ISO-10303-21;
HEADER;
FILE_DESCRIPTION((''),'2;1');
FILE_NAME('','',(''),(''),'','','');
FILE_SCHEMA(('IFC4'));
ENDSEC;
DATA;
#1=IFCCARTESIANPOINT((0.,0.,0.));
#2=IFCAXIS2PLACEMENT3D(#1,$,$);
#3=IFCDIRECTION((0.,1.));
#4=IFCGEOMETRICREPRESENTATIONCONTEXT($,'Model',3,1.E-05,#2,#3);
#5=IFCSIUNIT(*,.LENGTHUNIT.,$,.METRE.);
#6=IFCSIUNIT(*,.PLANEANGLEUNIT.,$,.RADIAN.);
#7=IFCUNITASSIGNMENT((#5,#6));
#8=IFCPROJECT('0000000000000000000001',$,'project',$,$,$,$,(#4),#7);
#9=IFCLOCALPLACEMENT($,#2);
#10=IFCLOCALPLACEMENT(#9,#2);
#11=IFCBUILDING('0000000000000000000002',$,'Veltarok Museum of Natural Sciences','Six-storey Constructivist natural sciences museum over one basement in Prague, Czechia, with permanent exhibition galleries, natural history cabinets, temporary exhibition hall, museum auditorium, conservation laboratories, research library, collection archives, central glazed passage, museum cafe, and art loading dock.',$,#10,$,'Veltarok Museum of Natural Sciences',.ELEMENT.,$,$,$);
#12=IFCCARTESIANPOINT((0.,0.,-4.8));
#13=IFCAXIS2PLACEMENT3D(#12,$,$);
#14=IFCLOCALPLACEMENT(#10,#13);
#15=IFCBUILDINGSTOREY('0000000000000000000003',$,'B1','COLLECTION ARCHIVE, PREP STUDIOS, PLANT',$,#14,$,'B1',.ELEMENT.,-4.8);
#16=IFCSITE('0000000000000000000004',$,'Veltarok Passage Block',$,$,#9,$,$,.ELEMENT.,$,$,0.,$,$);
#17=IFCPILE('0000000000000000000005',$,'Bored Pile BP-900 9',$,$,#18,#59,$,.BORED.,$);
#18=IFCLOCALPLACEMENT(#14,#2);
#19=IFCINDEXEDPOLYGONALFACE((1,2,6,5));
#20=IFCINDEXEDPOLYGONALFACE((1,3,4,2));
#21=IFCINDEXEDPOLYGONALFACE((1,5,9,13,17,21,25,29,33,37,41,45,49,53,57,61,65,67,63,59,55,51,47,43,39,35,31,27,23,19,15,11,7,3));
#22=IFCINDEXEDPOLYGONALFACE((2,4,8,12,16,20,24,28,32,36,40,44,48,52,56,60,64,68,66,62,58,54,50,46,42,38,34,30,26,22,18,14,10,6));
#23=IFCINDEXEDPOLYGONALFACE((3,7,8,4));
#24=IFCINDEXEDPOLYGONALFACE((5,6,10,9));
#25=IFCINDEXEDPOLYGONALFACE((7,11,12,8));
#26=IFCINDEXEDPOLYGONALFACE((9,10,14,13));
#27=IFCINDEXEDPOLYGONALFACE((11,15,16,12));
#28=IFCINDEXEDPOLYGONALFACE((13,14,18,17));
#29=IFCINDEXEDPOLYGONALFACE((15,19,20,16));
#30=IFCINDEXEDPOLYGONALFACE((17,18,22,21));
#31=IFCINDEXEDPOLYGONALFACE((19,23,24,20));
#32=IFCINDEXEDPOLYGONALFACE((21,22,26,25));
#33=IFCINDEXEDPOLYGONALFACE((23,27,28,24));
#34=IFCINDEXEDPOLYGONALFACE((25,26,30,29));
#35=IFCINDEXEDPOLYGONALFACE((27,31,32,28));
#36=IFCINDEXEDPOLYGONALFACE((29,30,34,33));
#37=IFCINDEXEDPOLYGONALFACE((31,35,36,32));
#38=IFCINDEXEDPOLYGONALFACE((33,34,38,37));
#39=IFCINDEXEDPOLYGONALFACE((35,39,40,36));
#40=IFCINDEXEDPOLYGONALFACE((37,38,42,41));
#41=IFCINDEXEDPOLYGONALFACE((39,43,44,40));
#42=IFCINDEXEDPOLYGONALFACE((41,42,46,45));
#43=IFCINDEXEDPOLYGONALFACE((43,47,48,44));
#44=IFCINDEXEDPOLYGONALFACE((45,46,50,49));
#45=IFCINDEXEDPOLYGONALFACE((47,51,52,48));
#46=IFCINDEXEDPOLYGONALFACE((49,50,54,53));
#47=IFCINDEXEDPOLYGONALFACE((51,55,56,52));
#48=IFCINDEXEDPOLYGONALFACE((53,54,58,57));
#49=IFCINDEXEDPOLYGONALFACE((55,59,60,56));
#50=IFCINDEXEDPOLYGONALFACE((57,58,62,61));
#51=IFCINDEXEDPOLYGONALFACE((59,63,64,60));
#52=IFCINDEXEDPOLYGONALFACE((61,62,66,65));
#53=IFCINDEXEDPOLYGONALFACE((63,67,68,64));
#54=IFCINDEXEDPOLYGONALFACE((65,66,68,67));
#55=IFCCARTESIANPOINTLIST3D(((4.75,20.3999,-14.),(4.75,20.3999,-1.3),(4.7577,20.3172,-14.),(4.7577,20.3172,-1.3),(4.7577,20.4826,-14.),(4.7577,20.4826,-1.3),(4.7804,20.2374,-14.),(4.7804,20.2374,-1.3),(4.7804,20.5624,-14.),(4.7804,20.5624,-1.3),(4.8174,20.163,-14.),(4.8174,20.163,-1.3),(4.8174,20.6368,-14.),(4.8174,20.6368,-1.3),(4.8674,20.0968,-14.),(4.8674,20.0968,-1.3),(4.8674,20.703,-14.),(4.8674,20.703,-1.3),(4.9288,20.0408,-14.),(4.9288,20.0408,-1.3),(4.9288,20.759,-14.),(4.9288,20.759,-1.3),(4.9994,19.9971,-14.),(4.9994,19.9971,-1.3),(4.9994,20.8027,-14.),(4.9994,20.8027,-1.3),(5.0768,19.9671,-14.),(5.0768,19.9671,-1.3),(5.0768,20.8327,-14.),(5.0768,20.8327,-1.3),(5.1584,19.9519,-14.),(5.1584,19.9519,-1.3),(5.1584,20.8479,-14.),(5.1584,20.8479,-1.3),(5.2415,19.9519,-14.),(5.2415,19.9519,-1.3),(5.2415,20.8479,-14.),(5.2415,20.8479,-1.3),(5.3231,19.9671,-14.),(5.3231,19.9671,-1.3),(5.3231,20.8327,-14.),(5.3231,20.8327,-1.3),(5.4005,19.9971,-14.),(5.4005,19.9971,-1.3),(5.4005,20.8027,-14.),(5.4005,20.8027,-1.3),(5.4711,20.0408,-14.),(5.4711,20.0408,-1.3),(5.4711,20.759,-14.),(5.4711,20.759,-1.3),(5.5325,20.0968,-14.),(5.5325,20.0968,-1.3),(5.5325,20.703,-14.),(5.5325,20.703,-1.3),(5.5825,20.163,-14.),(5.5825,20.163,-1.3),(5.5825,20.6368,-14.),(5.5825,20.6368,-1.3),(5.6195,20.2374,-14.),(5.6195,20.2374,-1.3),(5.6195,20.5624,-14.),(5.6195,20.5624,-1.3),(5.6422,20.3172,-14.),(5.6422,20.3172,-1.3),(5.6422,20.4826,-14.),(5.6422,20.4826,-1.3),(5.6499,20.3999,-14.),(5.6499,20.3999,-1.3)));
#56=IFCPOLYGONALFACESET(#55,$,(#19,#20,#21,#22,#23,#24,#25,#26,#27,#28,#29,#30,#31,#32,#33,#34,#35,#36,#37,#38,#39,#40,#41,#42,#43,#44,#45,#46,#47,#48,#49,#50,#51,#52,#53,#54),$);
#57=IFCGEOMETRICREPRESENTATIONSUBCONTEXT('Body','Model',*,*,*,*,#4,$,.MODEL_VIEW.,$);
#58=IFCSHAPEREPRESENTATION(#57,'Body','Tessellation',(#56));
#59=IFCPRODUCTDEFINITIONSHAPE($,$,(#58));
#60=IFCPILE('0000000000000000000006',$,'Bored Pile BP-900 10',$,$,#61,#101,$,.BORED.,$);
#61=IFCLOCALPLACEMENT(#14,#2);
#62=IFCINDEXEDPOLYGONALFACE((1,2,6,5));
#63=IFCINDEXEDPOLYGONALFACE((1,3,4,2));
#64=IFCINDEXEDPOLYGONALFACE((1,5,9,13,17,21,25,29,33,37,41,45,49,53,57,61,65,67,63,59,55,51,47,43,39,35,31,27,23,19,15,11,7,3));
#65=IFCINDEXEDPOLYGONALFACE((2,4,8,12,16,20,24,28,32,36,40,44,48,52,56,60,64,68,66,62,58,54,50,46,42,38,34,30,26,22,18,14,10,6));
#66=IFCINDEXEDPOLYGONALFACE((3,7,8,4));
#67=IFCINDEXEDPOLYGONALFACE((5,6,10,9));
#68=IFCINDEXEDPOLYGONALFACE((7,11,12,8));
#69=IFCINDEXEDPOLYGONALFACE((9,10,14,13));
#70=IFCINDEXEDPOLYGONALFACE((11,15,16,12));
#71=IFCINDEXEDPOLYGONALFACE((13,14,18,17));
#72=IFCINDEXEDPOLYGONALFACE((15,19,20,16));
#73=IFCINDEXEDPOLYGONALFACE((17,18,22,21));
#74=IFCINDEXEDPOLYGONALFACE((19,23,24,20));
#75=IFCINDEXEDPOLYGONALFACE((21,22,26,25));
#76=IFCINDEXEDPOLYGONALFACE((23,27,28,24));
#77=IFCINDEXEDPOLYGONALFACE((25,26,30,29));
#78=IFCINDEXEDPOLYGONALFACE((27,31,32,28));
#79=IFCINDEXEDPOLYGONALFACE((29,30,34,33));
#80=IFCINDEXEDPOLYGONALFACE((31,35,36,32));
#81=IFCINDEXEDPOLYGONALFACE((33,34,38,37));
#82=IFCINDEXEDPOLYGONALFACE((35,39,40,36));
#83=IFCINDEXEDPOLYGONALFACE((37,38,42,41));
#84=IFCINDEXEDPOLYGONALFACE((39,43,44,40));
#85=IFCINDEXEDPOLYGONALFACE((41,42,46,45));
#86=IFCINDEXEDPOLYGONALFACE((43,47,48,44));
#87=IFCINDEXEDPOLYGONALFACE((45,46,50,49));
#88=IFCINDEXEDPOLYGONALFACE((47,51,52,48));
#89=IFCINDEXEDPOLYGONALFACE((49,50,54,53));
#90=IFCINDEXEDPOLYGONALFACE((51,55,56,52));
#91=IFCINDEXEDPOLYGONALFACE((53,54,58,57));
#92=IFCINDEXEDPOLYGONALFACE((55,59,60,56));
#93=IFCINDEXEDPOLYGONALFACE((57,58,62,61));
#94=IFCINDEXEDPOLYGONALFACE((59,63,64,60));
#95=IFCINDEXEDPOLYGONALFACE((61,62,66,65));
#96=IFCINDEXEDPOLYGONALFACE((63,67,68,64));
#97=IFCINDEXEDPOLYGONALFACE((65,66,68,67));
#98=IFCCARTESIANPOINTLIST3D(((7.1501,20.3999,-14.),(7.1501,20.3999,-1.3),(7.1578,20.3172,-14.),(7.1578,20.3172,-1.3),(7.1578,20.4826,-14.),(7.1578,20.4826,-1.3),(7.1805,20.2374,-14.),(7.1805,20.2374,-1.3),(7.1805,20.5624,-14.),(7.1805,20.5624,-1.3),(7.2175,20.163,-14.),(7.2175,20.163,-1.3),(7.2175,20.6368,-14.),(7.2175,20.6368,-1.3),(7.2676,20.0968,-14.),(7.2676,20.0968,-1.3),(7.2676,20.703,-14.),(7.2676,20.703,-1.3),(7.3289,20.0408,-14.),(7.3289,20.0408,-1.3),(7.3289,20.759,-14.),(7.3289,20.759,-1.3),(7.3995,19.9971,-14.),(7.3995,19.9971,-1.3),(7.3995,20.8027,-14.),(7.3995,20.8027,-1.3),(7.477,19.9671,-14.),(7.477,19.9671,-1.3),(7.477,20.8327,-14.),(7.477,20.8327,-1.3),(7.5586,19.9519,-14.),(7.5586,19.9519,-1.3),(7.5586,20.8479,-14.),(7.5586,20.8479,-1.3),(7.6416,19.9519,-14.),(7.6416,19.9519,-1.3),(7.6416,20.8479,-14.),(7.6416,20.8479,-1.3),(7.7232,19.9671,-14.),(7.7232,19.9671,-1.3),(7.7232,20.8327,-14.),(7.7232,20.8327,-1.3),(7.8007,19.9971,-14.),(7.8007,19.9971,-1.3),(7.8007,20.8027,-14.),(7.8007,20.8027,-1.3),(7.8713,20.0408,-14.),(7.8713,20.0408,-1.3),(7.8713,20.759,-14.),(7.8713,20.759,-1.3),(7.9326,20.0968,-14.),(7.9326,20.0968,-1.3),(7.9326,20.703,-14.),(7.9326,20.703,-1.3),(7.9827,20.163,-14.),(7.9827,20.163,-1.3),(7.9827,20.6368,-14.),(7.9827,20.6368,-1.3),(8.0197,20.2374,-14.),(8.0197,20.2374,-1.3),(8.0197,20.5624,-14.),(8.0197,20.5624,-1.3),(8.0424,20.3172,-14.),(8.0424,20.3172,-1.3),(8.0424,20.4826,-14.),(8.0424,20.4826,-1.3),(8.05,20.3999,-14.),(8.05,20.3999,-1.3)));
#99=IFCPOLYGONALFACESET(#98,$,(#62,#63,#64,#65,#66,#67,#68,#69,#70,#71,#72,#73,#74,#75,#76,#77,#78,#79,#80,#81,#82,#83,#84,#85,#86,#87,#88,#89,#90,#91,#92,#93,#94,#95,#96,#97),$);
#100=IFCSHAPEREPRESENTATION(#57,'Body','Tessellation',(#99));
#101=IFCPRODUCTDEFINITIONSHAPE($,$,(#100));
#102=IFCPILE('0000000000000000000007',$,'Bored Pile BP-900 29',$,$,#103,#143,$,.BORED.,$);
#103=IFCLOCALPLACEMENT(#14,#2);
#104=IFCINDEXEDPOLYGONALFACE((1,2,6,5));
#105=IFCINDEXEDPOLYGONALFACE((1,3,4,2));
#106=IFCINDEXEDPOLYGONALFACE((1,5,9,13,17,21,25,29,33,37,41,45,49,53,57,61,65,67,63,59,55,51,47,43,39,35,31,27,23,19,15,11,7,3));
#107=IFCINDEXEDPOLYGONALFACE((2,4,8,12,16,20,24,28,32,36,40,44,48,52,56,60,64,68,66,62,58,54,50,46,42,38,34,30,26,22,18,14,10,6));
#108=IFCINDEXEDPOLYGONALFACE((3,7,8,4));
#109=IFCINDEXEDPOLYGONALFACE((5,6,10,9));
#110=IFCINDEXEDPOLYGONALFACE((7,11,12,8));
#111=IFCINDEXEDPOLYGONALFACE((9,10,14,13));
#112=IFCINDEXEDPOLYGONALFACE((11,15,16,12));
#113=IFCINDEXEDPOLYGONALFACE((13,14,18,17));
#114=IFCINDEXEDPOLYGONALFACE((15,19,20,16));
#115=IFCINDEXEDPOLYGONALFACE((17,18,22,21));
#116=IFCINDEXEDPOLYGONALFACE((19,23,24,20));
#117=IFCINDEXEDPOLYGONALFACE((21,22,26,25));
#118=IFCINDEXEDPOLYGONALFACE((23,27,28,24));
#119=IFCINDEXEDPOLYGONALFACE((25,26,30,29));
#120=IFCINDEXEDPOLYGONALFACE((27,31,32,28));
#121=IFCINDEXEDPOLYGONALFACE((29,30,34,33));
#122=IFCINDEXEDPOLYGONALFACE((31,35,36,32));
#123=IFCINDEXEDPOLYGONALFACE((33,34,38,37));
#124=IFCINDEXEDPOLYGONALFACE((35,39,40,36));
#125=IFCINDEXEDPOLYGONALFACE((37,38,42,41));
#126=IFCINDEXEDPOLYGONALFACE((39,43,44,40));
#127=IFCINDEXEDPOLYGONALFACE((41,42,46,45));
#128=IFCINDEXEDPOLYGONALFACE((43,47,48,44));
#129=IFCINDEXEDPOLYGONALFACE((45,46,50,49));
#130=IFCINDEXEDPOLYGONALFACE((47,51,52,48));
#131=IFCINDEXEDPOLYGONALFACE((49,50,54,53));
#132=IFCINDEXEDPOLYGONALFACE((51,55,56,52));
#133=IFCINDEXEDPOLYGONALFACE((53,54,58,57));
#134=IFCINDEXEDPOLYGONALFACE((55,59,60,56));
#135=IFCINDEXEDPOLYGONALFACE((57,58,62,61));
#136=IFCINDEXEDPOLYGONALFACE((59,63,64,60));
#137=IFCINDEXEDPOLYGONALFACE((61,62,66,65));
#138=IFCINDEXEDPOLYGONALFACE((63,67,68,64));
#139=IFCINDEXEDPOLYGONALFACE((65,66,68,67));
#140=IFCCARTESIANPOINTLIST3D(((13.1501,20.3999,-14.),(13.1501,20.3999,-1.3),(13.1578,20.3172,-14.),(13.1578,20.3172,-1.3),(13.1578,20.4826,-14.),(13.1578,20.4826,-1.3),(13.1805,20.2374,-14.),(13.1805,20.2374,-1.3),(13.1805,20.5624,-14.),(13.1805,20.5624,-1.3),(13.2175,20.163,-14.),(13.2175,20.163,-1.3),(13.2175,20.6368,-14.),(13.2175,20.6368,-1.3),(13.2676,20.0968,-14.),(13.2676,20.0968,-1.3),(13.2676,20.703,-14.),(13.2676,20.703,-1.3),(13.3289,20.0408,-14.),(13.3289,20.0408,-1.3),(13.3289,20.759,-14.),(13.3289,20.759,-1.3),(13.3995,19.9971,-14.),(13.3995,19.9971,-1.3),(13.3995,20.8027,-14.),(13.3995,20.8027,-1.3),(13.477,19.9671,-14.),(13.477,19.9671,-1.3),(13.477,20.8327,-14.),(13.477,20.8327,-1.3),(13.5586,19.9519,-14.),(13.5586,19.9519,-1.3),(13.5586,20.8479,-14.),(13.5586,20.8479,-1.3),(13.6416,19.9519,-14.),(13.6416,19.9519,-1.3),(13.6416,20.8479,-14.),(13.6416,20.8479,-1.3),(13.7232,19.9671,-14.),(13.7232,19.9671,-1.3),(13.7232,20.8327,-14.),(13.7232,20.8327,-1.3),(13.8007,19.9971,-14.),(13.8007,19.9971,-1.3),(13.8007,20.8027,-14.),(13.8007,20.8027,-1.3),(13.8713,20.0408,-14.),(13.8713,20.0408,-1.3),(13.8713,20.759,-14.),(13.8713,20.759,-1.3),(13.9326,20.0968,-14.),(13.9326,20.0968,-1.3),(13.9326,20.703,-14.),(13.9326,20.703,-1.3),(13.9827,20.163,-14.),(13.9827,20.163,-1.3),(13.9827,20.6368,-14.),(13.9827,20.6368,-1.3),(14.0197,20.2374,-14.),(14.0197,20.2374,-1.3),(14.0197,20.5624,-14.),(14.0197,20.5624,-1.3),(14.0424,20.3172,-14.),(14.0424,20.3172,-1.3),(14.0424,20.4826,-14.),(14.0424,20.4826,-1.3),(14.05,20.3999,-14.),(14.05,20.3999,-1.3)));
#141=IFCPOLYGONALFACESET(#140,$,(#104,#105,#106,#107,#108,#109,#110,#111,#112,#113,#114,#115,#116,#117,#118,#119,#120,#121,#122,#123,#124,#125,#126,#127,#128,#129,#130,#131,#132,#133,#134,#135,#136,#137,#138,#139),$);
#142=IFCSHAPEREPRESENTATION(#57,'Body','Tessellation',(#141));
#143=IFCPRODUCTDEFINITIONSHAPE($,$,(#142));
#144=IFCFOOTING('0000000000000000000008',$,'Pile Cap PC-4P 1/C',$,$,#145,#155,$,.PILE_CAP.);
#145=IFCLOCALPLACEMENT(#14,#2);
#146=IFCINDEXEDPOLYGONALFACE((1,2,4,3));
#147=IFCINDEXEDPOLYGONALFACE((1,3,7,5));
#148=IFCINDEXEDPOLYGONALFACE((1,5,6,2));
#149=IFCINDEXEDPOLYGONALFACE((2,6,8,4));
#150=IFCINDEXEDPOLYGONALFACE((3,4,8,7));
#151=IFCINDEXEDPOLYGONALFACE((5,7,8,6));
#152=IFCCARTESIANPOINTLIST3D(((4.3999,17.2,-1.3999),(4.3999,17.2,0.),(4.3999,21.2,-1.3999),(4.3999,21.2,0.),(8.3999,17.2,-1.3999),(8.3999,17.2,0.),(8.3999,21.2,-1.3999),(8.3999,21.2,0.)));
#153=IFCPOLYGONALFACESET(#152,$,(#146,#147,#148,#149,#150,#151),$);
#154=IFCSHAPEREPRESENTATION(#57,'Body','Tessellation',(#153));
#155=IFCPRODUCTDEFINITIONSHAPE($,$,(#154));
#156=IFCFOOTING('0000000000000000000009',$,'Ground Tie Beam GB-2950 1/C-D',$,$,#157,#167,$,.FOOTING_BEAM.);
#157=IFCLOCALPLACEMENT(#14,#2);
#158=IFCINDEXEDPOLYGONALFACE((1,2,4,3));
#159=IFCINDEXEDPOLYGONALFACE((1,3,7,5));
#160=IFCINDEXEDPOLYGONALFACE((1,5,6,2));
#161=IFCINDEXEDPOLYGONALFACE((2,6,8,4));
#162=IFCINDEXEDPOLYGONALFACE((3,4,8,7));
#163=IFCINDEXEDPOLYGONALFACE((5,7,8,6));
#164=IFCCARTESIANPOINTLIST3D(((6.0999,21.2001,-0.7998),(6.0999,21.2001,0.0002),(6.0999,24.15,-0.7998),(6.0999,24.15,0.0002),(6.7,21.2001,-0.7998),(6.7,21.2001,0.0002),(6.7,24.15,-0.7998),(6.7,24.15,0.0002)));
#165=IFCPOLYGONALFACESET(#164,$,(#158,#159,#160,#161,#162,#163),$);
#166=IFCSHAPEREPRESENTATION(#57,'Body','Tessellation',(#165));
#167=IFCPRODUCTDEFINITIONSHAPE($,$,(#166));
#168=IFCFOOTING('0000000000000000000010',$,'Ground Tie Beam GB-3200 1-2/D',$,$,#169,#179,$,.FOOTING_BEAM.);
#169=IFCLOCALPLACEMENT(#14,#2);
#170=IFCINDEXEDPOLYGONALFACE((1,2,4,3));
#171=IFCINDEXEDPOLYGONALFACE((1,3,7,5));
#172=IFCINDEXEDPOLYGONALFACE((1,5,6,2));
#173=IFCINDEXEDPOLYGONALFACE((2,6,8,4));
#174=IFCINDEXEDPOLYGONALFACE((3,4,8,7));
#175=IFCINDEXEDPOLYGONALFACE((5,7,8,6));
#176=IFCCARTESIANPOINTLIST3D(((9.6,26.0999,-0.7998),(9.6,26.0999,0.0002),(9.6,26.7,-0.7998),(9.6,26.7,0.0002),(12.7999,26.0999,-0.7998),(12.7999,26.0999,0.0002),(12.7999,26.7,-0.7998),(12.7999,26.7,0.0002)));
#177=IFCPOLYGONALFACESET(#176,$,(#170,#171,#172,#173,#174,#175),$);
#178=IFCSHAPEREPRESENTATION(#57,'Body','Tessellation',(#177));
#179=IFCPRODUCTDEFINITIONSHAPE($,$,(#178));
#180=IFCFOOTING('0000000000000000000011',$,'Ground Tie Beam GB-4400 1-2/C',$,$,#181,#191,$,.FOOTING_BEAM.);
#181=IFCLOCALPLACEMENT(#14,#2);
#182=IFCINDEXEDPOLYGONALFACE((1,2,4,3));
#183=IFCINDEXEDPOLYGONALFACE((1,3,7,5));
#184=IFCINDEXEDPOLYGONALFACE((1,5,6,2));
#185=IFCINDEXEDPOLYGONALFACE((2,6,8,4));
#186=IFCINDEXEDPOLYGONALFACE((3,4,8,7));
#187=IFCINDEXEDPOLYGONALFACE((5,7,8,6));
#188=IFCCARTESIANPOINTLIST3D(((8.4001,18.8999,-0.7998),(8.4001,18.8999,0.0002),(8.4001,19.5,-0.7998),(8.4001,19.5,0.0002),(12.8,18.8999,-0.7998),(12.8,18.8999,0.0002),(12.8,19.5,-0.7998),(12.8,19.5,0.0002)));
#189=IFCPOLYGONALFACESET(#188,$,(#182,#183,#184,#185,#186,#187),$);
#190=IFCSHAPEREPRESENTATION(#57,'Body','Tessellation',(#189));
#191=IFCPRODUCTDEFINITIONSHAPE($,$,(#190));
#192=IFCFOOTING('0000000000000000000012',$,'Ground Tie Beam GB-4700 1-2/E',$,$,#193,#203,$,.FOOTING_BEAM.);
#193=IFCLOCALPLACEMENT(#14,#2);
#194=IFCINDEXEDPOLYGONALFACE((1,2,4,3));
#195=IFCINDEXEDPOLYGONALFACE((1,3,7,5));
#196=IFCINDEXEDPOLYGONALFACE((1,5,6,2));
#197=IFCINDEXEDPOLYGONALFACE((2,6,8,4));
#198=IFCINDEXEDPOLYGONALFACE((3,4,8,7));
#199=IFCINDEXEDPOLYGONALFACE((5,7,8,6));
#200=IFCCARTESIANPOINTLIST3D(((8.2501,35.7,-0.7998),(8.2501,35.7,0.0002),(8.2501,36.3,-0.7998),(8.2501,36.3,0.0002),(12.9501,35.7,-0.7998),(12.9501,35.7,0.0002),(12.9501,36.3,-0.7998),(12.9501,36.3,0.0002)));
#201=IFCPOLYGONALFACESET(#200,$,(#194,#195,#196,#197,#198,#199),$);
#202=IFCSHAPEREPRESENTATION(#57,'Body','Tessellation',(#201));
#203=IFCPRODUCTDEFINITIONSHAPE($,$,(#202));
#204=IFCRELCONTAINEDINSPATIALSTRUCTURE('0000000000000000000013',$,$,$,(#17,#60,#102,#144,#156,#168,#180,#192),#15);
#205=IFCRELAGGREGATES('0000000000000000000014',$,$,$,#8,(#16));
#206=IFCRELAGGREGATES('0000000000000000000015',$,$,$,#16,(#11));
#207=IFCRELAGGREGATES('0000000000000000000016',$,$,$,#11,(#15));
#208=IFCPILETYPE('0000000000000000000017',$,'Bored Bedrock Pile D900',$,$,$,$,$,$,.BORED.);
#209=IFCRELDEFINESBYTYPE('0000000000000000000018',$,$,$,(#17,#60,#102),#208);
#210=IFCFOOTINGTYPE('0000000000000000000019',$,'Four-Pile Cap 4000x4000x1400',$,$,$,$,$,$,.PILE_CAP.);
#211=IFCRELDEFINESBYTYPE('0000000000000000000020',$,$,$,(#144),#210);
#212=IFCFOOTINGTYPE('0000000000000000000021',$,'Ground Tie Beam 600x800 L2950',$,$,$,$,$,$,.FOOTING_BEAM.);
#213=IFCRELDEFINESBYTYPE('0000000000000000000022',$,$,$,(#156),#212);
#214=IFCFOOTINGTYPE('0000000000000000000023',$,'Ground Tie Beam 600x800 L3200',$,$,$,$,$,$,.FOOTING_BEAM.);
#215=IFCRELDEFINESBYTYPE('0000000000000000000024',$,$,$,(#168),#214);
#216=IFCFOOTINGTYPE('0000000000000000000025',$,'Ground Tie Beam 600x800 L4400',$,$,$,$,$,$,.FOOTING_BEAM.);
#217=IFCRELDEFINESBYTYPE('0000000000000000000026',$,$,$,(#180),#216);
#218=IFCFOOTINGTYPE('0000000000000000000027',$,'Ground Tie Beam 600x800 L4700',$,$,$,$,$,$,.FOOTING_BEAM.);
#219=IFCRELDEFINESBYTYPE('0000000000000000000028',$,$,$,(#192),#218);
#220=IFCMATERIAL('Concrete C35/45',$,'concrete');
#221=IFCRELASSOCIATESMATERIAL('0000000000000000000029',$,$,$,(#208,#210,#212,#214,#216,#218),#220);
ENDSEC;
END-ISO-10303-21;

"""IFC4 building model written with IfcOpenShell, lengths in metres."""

from ifc_helpers import new_model, si_unit, direction, frame, origin, origin_2d, place, context, subcontext, project, spatial, rectangle, circle, extrude, material, material_profile, profile_set, type_object, element, save


model = new_model("IFC4")

# Units and contexts
model_context = context("Model", 3, precision=1e-05, world=origin(), true_north=direction((0.0, 1.0)))
body_context = subcontext(model_context, "Body", "Model", "MODEL_VIEW")
ifc_project = project(units=[si_unit("LENGTHUNIT", "METRE"), si_unit("PLANEANGLEUNIT", "RADIAN")], contexts=[model_context])

# Site, building, storey
site_placement = place(None, origin())
site = spatial("IfcSite", under=ifc_project, at=site_placement, Name="Veltarok Passage Block", CompositionType="ELEMENT", RefElevation=0.0)
building_placement = place(site_placement, origin())
building = spatial("IfcBuilding", under=site, at=building_placement, Name="Veltarok Museum of Natural Sciences", Description="Six-storey Constructivist natural sciences museum over one basement in Prague, Czechia, with permanent exhibition galleries, natural history cabinets, temporary exhibition hall, museum auditorium, conservation laboratories, research library, collection archives, central glazed passage, museum cafe, and art loading dock.", LongName="Veltarok Museum of Natural Sciences", CompositionType="ELEMENT")
storey_placement = place(building_placement, frame((0.0, 0.0, -4.8)))
storey = spatial("IfcBuildingStorey", under=building, at=storey_placement, Name="B1", Description="COLLECTION ARCHIVE, PREP STUDIOS, PLANT", LongName="B1", CompositionType="ELEMENT", Elevation=-4.8)

# Piles
ifc_material_1 = material(Name="Concrete C35/45", Category="concrete")
ifc_material_profile_1 = material_profile(ifc_material_1, circle(Radius=0.45, at=origin_2d()), Name="BP D900")
ifc_profile_set_1 = profile_set([ifc_material_profile_1], Name="Concrete C35/45")
pile_type_1 = type_object("IfcPileType", Name="Bored Bedrock Pile D900", PredefinedType="BORED", material=ifc_profile_set_1)
for number, where, z_axis, x_axis, name in (
    (1, (5.2, 20.3999, -1.3), (0.0, 0.0, -1.0), (1.0, 0.0, 0.0), "Bored Pile BP-900 9"),
    (2, (7.6001, 20.3999, -1.3), (0.0, 0.0, -1.0), (1.0, 0.0, 0.0), "Bored Pile BP-900 10"),
    (3, (13.6001, 20.3999, -1.3), (0.0, 0.0, -1.0), (1.0, 0.0, 0.0), "Bored Pile BP-900 29"),
):
    element("IfcPile", number, at=place(storey_placement, frame(where, z_axis=z_axis, x_axis=x_axis)), inside=storey, type_object=pile_type_1, Name=name, PredefinedType="BORED", context=body_context, shape_type="SweptSolid", body=[
        extrude(circle(Radius=0.45, at=origin_2d()), origin(), (0.0, 0.0, 1.0), 12.7),
    ])

# Footings
footing_type_1 = type_object("IfcFootingType", Name="Four-Pile Cap 4000x4000x1400", PredefinedType="PILE_CAP", material=ifc_material_1)
footing_1_placement = place(storey_placement, frame((6.3999, 19.2, -1.3999), z_axis=(0.0, 0.0, 1.0), x_axis=(1.0, 0.0, 0.0)))
element("IfcFooting", 4, at=footing_1_placement, inside=storey, type_object=footing_type_1, Name="Pile Cap PC-4P 1/C", PredefinedType="PILE_CAP", context=body_context, shape_type="SweptSolid", body=[
    extrude(rectangle(XDim=4.0, YDim=4.0, at=origin_2d()), origin(), (0.0, 0.0, 1.0), 1.3999),
])
footing_type_2 = type_object("IfcFootingType", Name="Ground Tie Beam 600x800 L2950", PredefinedType="FOOTING_BEAM", material=ifc_material_1)
footing_2_placement = place(storey_placement, frame((6.3999, 22.675, -0.7998), z_axis=(0.0, 0.0, 1.0), x_axis=(0.0, 1.0, 0.0)))
element("IfcFooting", 5, at=footing_2_placement, inside=storey, type_object=footing_type_2, Name="Ground Tie Beam GB-2950 1/C-D", PredefinedType="FOOTING_BEAM", context=body_context, shape_type="SweptSolid", body=[
    extrude(rectangle(XDim=2.95, YDim=0.6001, at=origin_2d()), origin(), (0.0, 0.0, 1.0), 0.8),
])
footing_type_3 = type_object("IfcFootingType", Name="Ground Tie Beam 600x800 L3200", PredefinedType="FOOTING_BEAM", material=ifc_material_1)
footing_3_placement = place(storey_placement, frame((11.2, 26.3999, -0.7998), z_axis=(0.0, 0.0, 1.0), x_axis=(1.0, 0.0, 0.0)))
element("IfcFooting", 6, at=footing_3_placement, inside=storey, type_object=footing_type_3, Name="Ground Tie Beam GB-3200 1-2/D", PredefinedType="FOOTING_BEAM", context=body_context, shape_type="SweptSolid", body=[
    extrude(rectangle(XDim=3.2, YDim=0.6001, at=origin_2d()), origin(), (0.0, 0.0, 1.0), 0.8),
])
footing_type_4 = type_object("IfcFootingType", Name="Ground Tie Beam 600x800 L4400", PredefinedType="FOOTING_BEAM", material=ifc_material_1)
footing_4_placement = place(storey_placement, frame((10.6001, 19.2, -0.7998), z_axis=(0.0, 0.0, 1.0), x_axis=(1.0, 0.0, 0.0)))
element("IfcFooting", 7, at=footing_4_placement, inside=storey, type_object=footing_type_4, Name="Ground Tie Beam GB-4400 1-2/C", PredefinedType="FOOTING_BEAM", context=body_context, shape_type="SweptSolid", body=[
    extrude(rectangle(XDim=4.3999, YDim=0.6001, at=origin_2d()), origin(), (0.0, 0.0, 1.0), 0.8),
])
footing_type_5 = type_object("IfcFootingType", Name="Ground Tie Beam 600x800 L4700", PredefinedType="FOOTING_BEAM", material=ifc_material_1)
footing_5_placement = place(storey_placement, frame((10.6001, 36.0, -0.7998), z_axis=(0.0, 0.0, 1.0), x_axis=(1.0, 0.0, 0.0)))
element("IfcFooting", 8, at=footing_5_placement, inside=storey, type_object=footing_type_5, Name="Ground Tie Beam GB-4700 1-2/E", PredefinedType="FOOTING_BEAM", context=body_context, shape_type="SweptSolid", body=[
    extrude(rectangle(XDim=4.7, YDim=0.6001, at=origin_2d()), origin(), (0.0, 0.0, 1.0), 0.8),
])

save(model, "model.ifc")
